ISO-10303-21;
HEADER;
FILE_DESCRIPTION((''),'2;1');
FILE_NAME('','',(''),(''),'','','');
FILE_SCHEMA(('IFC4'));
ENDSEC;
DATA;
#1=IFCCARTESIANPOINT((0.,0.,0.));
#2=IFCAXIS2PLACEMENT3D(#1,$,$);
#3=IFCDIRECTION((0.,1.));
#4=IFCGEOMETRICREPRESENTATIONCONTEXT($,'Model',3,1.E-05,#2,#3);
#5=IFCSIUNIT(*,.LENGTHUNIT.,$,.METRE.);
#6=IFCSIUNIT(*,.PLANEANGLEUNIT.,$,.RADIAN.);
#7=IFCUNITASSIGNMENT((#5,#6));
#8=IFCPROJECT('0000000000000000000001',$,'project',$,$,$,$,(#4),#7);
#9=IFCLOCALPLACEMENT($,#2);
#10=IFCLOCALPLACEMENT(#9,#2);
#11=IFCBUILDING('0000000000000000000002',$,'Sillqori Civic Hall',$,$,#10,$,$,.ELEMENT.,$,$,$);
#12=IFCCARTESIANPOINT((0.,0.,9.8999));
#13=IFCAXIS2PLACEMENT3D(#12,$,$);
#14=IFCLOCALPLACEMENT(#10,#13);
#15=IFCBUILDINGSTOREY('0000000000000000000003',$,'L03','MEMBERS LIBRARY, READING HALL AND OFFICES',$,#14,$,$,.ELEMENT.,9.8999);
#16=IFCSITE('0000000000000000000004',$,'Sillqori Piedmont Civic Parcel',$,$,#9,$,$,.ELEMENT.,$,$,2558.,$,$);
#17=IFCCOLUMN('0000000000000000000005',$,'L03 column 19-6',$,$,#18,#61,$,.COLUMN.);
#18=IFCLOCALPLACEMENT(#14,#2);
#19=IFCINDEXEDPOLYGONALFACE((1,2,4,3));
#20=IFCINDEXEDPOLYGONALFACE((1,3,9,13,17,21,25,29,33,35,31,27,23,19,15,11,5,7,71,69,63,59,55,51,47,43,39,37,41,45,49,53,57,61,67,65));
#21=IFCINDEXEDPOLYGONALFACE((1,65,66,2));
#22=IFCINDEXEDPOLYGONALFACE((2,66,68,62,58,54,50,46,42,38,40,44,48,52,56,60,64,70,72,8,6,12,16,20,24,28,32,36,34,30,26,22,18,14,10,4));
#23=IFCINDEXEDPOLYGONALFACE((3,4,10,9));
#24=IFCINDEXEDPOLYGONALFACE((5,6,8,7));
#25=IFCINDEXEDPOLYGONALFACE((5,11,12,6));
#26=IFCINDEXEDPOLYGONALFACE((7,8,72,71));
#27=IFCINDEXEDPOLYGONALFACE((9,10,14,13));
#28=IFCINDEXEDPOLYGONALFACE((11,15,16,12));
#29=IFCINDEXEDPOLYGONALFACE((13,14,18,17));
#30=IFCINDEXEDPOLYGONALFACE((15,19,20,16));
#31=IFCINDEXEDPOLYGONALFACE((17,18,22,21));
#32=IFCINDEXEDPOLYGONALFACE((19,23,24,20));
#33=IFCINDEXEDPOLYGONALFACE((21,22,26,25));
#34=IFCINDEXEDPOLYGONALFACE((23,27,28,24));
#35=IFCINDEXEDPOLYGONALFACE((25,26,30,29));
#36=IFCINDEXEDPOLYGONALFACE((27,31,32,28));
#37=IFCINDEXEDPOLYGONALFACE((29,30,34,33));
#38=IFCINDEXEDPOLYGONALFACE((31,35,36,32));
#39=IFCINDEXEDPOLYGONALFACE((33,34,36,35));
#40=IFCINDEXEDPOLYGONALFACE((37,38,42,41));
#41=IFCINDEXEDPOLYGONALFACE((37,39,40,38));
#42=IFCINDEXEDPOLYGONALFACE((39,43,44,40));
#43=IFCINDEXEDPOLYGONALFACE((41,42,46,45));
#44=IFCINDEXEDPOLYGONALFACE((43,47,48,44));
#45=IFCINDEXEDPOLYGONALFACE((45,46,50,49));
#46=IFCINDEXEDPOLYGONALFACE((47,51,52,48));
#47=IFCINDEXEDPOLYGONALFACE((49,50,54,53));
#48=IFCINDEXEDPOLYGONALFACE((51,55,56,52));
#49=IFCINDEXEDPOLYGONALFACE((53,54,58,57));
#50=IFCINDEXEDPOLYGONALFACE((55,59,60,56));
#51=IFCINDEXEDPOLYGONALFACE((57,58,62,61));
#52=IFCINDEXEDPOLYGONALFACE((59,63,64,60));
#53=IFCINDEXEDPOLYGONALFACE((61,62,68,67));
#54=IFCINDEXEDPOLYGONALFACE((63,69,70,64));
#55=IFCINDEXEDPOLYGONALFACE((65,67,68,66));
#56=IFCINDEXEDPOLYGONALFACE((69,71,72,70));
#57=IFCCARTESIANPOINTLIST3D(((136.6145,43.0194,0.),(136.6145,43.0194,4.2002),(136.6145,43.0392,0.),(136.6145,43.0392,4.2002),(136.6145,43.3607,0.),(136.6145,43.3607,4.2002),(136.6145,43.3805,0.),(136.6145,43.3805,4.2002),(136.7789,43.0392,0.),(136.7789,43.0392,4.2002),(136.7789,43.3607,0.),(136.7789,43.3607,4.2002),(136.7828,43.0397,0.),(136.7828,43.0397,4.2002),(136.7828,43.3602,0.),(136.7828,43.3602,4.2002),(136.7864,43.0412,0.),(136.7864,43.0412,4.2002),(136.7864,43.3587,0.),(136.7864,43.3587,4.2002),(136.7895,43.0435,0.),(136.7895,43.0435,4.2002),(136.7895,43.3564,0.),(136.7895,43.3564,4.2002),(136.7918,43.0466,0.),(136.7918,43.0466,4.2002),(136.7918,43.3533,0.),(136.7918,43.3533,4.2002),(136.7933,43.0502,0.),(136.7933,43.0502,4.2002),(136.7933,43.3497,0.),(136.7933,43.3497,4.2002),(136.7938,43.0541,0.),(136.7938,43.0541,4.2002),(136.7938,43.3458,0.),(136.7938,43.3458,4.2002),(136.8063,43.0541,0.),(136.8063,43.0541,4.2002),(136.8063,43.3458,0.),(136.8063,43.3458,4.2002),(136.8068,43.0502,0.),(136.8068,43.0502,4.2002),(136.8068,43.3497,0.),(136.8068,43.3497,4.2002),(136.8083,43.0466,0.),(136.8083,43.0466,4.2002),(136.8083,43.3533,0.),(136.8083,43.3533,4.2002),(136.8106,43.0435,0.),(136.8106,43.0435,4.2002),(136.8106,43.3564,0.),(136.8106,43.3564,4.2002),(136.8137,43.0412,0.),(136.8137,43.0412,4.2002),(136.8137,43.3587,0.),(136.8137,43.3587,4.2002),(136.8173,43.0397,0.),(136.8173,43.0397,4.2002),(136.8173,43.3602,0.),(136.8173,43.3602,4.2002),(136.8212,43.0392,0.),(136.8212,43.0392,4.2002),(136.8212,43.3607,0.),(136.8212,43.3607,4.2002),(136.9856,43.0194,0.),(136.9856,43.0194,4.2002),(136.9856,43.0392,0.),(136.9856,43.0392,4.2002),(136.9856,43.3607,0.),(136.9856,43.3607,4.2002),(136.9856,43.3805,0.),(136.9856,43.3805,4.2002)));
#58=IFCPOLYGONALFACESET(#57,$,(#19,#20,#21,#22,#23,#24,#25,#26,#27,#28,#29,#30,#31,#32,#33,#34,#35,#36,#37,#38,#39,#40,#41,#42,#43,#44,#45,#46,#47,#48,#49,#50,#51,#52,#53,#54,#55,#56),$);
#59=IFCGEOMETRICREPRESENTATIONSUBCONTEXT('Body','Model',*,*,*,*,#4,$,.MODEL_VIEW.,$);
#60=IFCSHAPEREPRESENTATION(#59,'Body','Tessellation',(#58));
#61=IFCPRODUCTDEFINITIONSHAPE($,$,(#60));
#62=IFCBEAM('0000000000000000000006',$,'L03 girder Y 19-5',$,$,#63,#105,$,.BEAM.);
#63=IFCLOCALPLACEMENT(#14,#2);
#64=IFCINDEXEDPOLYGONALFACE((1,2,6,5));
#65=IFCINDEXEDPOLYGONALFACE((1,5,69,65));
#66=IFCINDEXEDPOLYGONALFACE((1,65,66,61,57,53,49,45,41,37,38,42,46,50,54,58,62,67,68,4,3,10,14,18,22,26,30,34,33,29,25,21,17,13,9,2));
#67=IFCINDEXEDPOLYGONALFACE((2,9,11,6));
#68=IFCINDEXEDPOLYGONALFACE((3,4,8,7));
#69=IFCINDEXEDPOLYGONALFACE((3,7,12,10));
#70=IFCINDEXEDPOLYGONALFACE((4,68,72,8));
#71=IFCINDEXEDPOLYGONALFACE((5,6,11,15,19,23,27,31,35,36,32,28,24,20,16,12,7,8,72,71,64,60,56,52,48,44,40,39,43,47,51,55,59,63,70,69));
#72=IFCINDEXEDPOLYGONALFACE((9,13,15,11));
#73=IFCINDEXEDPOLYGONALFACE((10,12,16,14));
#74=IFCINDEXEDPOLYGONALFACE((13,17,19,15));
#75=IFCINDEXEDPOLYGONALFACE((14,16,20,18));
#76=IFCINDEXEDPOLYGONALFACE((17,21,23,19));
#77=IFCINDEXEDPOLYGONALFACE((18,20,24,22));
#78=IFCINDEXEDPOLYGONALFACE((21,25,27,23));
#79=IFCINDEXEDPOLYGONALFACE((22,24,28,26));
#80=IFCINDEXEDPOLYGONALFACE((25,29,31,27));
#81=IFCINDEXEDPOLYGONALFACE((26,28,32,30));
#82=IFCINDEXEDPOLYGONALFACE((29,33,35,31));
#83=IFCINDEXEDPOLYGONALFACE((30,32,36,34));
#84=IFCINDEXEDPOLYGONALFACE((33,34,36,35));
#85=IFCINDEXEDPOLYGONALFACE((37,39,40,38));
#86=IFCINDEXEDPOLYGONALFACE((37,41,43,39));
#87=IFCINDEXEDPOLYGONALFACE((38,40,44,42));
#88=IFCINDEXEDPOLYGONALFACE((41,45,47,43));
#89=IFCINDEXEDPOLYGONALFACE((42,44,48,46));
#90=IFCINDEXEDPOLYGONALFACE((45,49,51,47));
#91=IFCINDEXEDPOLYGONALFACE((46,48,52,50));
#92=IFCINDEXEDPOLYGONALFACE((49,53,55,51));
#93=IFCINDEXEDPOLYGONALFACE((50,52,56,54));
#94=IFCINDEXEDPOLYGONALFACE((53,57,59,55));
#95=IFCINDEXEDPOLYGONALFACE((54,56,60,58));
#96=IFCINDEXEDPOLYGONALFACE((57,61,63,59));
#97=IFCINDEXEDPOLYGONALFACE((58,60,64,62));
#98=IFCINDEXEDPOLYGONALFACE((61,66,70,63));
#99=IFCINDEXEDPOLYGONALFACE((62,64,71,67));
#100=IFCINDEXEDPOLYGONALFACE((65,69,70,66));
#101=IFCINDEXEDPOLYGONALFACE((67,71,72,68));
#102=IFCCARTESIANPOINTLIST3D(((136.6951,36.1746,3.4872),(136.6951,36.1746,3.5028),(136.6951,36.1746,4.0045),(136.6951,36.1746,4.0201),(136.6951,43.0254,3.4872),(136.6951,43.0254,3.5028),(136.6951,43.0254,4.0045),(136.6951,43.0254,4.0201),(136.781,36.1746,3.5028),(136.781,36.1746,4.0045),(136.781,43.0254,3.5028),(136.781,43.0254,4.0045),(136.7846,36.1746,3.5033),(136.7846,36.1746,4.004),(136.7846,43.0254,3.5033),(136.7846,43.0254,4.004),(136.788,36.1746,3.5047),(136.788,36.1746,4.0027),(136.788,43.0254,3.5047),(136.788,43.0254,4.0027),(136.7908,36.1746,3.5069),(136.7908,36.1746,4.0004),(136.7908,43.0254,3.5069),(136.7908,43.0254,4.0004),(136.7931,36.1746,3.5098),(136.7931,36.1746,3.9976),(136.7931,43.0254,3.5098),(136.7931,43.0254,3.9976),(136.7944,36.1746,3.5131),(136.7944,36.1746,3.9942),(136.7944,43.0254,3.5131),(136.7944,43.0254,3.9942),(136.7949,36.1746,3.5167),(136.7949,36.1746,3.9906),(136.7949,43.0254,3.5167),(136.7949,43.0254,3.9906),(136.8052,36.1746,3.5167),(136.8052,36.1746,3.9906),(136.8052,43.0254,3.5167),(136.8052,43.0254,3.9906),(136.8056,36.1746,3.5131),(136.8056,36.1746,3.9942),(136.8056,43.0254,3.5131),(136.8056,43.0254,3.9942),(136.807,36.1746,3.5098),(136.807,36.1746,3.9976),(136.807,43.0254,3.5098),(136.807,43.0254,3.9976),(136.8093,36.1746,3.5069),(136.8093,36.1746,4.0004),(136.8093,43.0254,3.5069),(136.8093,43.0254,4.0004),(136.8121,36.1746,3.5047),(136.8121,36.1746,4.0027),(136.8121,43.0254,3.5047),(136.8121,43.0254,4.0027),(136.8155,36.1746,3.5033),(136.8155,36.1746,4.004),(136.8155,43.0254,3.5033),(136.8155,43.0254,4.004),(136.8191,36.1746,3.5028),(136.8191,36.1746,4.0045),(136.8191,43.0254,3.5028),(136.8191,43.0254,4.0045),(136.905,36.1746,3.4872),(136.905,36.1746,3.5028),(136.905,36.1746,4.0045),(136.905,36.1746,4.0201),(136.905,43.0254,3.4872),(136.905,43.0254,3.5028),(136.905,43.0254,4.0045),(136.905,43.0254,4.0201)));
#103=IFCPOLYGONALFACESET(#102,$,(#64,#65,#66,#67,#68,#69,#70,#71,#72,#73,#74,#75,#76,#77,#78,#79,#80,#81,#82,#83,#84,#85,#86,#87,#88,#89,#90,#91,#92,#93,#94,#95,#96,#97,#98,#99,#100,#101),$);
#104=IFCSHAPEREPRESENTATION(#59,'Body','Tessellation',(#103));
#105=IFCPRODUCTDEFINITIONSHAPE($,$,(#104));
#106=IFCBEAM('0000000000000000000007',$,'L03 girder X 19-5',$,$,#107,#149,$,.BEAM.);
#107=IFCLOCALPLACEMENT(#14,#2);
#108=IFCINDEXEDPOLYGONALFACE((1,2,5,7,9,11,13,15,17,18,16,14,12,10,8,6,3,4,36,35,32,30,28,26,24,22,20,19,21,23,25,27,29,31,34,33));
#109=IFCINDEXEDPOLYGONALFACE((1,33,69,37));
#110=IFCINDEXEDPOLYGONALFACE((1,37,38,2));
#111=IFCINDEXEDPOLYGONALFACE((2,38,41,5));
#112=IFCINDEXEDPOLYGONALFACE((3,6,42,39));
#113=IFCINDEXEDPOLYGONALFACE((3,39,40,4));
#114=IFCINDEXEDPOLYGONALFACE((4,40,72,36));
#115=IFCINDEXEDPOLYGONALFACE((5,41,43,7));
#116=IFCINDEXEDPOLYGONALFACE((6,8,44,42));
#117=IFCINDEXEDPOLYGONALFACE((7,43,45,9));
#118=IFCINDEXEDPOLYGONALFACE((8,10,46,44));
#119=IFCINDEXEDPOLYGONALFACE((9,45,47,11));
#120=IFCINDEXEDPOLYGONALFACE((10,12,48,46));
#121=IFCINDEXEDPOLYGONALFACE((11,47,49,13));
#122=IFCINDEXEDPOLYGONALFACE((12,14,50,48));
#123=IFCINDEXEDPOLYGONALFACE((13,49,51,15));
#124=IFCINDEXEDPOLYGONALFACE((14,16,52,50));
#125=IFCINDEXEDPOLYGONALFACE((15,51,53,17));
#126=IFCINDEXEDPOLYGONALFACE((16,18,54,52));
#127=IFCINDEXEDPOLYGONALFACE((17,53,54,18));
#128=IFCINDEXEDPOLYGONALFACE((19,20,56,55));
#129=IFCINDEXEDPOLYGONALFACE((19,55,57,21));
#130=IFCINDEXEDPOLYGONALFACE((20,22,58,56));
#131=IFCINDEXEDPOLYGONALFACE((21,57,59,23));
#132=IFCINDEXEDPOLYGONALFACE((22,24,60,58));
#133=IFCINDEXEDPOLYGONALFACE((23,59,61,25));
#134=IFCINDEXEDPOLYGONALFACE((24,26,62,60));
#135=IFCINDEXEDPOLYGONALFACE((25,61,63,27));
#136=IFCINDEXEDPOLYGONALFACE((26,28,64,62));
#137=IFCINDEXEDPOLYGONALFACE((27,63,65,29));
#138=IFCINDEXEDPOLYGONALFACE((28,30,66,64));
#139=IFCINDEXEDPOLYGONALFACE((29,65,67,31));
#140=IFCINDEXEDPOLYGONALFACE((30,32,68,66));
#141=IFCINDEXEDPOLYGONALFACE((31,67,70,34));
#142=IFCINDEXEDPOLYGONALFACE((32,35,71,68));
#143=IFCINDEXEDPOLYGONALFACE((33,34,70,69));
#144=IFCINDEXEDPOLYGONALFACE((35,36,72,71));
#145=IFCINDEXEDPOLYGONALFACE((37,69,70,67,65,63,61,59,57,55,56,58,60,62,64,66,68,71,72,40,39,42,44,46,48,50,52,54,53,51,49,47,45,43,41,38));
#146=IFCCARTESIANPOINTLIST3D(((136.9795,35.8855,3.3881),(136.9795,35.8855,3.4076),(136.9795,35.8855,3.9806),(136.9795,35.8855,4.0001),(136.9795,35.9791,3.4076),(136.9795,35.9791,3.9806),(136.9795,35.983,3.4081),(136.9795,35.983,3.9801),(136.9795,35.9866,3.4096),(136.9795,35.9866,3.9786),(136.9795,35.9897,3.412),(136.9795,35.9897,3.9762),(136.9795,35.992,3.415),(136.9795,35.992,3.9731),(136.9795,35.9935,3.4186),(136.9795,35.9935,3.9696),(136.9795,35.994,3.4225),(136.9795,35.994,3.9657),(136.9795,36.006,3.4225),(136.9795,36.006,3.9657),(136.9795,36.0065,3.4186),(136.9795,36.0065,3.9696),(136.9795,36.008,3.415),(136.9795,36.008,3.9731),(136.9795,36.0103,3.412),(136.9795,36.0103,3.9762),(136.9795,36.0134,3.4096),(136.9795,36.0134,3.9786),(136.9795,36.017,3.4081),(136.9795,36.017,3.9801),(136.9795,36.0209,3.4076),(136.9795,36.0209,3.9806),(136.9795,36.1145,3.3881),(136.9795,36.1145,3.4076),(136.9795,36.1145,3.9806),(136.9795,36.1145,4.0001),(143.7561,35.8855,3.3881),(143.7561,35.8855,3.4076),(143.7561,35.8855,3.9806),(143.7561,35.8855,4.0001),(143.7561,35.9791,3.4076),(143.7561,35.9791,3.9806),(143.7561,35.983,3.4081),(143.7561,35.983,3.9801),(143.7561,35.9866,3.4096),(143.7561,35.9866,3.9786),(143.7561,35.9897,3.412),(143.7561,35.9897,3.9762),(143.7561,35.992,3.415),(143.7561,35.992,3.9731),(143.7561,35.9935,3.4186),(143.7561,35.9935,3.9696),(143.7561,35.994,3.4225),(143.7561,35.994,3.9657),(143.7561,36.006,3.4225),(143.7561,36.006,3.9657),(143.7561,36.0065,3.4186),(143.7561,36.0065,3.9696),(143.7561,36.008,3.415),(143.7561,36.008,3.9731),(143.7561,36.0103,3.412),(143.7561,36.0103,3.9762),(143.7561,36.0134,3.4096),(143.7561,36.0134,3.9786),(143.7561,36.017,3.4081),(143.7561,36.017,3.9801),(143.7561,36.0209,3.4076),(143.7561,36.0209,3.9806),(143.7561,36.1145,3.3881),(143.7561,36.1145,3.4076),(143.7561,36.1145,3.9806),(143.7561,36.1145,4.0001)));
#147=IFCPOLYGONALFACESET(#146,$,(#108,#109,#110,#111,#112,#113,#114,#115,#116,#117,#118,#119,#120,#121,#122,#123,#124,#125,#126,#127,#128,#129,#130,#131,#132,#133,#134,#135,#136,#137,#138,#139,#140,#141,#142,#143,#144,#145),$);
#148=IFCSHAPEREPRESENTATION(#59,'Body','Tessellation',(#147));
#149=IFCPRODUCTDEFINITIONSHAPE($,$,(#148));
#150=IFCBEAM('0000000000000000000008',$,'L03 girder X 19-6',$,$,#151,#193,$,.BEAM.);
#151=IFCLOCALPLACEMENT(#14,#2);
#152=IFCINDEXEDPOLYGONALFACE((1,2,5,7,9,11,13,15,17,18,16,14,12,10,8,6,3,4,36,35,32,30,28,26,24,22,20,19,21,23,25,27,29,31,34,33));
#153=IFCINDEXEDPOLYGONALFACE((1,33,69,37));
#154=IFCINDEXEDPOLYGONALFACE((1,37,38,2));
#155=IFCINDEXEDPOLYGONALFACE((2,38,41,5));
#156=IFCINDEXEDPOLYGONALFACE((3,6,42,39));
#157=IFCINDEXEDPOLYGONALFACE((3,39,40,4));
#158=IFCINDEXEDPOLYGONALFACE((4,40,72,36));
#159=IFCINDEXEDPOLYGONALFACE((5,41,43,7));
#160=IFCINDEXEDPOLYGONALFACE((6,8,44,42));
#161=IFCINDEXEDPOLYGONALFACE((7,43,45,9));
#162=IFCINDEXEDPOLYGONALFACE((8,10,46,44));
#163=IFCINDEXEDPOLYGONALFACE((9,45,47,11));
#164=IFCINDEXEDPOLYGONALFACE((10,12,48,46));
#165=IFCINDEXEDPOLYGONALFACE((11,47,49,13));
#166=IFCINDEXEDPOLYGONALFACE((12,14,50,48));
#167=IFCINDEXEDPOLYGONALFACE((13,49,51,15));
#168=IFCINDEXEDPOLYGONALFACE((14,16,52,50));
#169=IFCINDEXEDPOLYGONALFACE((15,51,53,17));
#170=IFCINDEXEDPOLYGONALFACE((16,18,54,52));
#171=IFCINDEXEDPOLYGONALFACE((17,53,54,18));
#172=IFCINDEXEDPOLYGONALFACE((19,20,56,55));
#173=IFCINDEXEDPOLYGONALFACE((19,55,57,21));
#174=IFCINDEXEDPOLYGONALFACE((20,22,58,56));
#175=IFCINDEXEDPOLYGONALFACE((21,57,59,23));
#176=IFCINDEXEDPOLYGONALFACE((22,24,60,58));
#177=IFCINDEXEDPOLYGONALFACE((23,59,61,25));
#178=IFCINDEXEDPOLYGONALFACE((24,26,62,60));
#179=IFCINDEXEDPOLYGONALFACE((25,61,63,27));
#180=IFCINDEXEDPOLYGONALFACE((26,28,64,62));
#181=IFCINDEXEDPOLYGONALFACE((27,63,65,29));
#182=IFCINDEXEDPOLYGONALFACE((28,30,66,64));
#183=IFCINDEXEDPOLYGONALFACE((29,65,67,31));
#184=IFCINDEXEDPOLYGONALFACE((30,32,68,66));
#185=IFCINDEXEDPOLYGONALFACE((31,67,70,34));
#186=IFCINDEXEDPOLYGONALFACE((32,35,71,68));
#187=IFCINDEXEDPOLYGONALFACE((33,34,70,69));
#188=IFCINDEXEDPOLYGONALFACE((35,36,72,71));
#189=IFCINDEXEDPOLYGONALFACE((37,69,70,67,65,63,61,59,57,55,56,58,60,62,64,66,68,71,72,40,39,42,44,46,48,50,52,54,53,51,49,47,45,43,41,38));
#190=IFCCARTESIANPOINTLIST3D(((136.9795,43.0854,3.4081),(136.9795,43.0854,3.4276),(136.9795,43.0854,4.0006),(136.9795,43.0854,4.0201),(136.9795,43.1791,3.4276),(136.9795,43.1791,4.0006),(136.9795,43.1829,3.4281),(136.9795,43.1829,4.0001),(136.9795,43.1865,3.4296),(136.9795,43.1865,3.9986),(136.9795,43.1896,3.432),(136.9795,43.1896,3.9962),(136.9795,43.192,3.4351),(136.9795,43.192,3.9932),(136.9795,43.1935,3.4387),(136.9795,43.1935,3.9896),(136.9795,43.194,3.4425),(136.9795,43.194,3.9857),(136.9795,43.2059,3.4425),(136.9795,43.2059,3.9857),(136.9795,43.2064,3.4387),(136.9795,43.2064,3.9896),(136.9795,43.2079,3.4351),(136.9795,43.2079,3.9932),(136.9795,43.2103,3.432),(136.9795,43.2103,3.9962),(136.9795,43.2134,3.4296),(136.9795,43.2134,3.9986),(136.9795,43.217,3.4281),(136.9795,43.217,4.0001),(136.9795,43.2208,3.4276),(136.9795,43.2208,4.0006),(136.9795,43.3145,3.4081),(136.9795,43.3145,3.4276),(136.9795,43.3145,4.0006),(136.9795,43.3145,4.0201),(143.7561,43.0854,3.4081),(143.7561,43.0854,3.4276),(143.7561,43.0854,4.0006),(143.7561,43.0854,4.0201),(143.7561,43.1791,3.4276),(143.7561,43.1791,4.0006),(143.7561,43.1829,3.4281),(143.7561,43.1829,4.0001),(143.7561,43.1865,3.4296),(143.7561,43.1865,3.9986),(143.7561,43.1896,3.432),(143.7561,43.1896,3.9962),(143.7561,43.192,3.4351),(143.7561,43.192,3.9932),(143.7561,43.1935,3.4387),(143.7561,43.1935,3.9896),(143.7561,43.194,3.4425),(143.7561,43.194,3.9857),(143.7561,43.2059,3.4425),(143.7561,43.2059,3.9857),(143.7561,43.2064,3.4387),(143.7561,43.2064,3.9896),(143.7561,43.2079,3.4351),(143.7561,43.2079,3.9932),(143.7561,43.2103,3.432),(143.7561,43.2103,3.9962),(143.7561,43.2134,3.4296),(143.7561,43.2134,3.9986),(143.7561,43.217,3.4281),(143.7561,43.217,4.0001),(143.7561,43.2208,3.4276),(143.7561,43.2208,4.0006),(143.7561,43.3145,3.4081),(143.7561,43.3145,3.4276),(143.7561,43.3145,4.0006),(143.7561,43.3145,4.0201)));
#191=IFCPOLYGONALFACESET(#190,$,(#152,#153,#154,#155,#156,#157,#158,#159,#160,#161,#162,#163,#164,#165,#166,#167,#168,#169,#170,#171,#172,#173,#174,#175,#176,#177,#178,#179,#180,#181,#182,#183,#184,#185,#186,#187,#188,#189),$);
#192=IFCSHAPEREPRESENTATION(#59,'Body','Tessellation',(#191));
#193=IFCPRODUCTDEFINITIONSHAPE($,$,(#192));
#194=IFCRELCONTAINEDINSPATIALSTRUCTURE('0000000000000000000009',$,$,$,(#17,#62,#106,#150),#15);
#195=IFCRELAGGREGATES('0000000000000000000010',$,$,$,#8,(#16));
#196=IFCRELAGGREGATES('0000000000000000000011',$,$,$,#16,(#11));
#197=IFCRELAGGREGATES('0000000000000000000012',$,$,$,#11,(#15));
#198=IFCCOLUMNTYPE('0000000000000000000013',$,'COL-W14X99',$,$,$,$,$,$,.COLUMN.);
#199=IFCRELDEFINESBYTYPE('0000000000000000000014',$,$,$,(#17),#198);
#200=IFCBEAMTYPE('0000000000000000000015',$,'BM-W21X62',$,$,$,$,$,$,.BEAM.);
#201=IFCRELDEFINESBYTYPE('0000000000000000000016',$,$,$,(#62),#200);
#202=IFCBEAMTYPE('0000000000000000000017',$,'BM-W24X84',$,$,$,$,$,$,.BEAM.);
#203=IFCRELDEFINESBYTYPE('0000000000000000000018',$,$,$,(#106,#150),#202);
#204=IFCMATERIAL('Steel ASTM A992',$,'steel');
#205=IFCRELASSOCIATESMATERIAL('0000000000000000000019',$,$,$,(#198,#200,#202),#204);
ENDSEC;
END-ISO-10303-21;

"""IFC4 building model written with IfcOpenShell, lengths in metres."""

from ifc_helpers import new_model, si_unit, direction, frame, origin, origin_2d, place, context, subcontext, project, spatial, i_section, extrude, material, material_profile, profile_set, type_object, element, save


model = new_model("IFC4")

# Units and contexts
model_context = context("Model", 3, precision=1e-05, world=origin(), true_north=direction((0.0, 1.0)))
body_context = subcontext(model_context, "Body", "Model", "MODEL_VIEW")
ifc_project = project(units=[si_unit("LENGTHUNIT", "METRE"), si_unit("PLANEANGLEUNIT", "RADIAN")], contexts=[model_context])

# Site, building, storey
site_placement = place(None, origin())
site = spatial("IfcSite", under=ifc_project, at=site_placement, Name="Sillqori Piedmont Civic Parcel", CompositionType="ELEMENT", RefElevation=2558.0)
building_placement = place(site_placement, origin())
building = spatial("IfcBuilding", under=site, at=building_placement, Name="Sillqori Civic Hall", CompositionType="ELEMENT")
storey_placement = place(building_placement, frame((0.0, 0.0, 9.8999)))
storey = spatial("IfcBuildingStorey", under=building, at=storey_placement, Name="L03", Description="MEMBERS LIBRARY, READING HALL AND OFFICES", CompositionType="ELEMENT", Elevation=9.8999)

# Column
ifc_material_1 = material(Name="Steel ASTM A992", Category="steel")
ifc_material_profile_1 = material_profile(ifc_material_1, i_section(OverallWidth=0.3711, OverallDepth=0.3611, WebThickness=0.0125, FlangeThickness=0.0198, FilletRadius=0.0149, at=origin_2d()), Name="W14X99")
ifc_profile_set_1 = profile_set([ifc_material_profile_1], Name="Steel ASTM A992")
column_type = type_object("IfcColumnType", Name="COL-W14X99", PredefinedType="COLUMN", material=ifc_profile_set_1)
column_placement = place(storey_placement, frame((136.8, 43.2, 0.0), z_axis=(0.0, 0.0, 1.0), x_axis=(1.0, 0.0, 0.0)))
element("IfcColumn", 1, at=column_placement, inside=storey, type_object=column_type, Name="L03 column 19-6", PredefinedType="COLUMN", context=body_context, shape_type="SweptSolid", body=[
    extrude(i_section(OverallWidth=0.3711, OverallDepth=0.3611, WebThickness=0.0125, FlangeThickness=0.0198, FilletRadius=0.0149, at=origin_2d()), origin(), (0.0, 0.0, 1.0), 4.2002),
])

# Beams
ifc_material_profile_2 = material_profile(ifc_material_1, i_section(OverallWidth=0.21, OverallDepth=0.533, WebThickness=0.0103, FlangeThickness=0.0156, FilletRadius=0.0139, at=origin_2d()), Name="W21X62")
ifc_profile_set_2 = profile_set([ifc_material_profile_2], Name="Steel ASTM A992")
beam_type_1 = type_object("IfcBeamType", Name="BM-W21X62", PredefinedType="BEAM", material=ifc_profile_set_2)
beam_placement = place(storey_placement, frame((136.8, 36.1746, 3.7537), z_axis=(0.0, 1.0, 0.0), x_axis=(-1.0, 0.0, 0.0)))
element("IfcBeam", 2, at=beam_placement, inside=storey, type_object=beam_type_1, Name="L03 girder Y 19-5", PredefinedType="BEAM", context=body_context, shape_type="SweptSolid", body=[
    extrude(i_section(OverallWidth=0.21, OverallDepth=0.533, WebThickness=0.0103, FlangeThickness=0.0156, FilletRadius=0.0139, at=origin_2d()), origin(), (0.0, 0.0, 1.0), 6.8508),
])
ifc_material_profile_3 = material_profile(ifc_material_1, i_section(OverallWidth=0.229, OverallDepth=0.6121, WebThickness=0.012, FlangeThickness=0.0195, FilletRadius=0.0149, at=origin_2d()), Name="W24X84")
ifc_profile_set_3 = profile_set([ifc_material_profile_3], Name="Steel ASTM A992")
beam_type_2 = type_object("IfcBeamType", Name="BM-W24X84", PredefinedType="BEAM", material=ifc_profile_set_3)
for number, where, z_axis, x_axis, name in (
    (3, (136.9795, 36.0, 3.6941), (1.0, 0.0, 0.0), (0.0, 1.0, 0.0), "L03 girder X 19-5"),
    (4, (136.9795, 43.2, 3.7141), (1.0, 0.0, 0.0), (0.0, 1.0, 0.0), "L03 girder X 19-6"),
):
    element("IfcBeam", number, at=place(storey_placement, frame(where, z_axis=z_axis, x_axis=x_axis)), inside=storey, type_object=beam_type_2, Name=name, PredefinedType="BEAM", context=body_context, shape_type="SweptSolid", body=[
        extrude(i_section(OverallWidth=0.229, OverallDepth=0.6121, WebThickness=0.012, FlangeThickness=0.0195, FilletRadius=0.0149, at=origin_2d()), origin(), (0.0, 0.0, 1.0), 6.7766),
    ])

save(model, "model.ifc")
